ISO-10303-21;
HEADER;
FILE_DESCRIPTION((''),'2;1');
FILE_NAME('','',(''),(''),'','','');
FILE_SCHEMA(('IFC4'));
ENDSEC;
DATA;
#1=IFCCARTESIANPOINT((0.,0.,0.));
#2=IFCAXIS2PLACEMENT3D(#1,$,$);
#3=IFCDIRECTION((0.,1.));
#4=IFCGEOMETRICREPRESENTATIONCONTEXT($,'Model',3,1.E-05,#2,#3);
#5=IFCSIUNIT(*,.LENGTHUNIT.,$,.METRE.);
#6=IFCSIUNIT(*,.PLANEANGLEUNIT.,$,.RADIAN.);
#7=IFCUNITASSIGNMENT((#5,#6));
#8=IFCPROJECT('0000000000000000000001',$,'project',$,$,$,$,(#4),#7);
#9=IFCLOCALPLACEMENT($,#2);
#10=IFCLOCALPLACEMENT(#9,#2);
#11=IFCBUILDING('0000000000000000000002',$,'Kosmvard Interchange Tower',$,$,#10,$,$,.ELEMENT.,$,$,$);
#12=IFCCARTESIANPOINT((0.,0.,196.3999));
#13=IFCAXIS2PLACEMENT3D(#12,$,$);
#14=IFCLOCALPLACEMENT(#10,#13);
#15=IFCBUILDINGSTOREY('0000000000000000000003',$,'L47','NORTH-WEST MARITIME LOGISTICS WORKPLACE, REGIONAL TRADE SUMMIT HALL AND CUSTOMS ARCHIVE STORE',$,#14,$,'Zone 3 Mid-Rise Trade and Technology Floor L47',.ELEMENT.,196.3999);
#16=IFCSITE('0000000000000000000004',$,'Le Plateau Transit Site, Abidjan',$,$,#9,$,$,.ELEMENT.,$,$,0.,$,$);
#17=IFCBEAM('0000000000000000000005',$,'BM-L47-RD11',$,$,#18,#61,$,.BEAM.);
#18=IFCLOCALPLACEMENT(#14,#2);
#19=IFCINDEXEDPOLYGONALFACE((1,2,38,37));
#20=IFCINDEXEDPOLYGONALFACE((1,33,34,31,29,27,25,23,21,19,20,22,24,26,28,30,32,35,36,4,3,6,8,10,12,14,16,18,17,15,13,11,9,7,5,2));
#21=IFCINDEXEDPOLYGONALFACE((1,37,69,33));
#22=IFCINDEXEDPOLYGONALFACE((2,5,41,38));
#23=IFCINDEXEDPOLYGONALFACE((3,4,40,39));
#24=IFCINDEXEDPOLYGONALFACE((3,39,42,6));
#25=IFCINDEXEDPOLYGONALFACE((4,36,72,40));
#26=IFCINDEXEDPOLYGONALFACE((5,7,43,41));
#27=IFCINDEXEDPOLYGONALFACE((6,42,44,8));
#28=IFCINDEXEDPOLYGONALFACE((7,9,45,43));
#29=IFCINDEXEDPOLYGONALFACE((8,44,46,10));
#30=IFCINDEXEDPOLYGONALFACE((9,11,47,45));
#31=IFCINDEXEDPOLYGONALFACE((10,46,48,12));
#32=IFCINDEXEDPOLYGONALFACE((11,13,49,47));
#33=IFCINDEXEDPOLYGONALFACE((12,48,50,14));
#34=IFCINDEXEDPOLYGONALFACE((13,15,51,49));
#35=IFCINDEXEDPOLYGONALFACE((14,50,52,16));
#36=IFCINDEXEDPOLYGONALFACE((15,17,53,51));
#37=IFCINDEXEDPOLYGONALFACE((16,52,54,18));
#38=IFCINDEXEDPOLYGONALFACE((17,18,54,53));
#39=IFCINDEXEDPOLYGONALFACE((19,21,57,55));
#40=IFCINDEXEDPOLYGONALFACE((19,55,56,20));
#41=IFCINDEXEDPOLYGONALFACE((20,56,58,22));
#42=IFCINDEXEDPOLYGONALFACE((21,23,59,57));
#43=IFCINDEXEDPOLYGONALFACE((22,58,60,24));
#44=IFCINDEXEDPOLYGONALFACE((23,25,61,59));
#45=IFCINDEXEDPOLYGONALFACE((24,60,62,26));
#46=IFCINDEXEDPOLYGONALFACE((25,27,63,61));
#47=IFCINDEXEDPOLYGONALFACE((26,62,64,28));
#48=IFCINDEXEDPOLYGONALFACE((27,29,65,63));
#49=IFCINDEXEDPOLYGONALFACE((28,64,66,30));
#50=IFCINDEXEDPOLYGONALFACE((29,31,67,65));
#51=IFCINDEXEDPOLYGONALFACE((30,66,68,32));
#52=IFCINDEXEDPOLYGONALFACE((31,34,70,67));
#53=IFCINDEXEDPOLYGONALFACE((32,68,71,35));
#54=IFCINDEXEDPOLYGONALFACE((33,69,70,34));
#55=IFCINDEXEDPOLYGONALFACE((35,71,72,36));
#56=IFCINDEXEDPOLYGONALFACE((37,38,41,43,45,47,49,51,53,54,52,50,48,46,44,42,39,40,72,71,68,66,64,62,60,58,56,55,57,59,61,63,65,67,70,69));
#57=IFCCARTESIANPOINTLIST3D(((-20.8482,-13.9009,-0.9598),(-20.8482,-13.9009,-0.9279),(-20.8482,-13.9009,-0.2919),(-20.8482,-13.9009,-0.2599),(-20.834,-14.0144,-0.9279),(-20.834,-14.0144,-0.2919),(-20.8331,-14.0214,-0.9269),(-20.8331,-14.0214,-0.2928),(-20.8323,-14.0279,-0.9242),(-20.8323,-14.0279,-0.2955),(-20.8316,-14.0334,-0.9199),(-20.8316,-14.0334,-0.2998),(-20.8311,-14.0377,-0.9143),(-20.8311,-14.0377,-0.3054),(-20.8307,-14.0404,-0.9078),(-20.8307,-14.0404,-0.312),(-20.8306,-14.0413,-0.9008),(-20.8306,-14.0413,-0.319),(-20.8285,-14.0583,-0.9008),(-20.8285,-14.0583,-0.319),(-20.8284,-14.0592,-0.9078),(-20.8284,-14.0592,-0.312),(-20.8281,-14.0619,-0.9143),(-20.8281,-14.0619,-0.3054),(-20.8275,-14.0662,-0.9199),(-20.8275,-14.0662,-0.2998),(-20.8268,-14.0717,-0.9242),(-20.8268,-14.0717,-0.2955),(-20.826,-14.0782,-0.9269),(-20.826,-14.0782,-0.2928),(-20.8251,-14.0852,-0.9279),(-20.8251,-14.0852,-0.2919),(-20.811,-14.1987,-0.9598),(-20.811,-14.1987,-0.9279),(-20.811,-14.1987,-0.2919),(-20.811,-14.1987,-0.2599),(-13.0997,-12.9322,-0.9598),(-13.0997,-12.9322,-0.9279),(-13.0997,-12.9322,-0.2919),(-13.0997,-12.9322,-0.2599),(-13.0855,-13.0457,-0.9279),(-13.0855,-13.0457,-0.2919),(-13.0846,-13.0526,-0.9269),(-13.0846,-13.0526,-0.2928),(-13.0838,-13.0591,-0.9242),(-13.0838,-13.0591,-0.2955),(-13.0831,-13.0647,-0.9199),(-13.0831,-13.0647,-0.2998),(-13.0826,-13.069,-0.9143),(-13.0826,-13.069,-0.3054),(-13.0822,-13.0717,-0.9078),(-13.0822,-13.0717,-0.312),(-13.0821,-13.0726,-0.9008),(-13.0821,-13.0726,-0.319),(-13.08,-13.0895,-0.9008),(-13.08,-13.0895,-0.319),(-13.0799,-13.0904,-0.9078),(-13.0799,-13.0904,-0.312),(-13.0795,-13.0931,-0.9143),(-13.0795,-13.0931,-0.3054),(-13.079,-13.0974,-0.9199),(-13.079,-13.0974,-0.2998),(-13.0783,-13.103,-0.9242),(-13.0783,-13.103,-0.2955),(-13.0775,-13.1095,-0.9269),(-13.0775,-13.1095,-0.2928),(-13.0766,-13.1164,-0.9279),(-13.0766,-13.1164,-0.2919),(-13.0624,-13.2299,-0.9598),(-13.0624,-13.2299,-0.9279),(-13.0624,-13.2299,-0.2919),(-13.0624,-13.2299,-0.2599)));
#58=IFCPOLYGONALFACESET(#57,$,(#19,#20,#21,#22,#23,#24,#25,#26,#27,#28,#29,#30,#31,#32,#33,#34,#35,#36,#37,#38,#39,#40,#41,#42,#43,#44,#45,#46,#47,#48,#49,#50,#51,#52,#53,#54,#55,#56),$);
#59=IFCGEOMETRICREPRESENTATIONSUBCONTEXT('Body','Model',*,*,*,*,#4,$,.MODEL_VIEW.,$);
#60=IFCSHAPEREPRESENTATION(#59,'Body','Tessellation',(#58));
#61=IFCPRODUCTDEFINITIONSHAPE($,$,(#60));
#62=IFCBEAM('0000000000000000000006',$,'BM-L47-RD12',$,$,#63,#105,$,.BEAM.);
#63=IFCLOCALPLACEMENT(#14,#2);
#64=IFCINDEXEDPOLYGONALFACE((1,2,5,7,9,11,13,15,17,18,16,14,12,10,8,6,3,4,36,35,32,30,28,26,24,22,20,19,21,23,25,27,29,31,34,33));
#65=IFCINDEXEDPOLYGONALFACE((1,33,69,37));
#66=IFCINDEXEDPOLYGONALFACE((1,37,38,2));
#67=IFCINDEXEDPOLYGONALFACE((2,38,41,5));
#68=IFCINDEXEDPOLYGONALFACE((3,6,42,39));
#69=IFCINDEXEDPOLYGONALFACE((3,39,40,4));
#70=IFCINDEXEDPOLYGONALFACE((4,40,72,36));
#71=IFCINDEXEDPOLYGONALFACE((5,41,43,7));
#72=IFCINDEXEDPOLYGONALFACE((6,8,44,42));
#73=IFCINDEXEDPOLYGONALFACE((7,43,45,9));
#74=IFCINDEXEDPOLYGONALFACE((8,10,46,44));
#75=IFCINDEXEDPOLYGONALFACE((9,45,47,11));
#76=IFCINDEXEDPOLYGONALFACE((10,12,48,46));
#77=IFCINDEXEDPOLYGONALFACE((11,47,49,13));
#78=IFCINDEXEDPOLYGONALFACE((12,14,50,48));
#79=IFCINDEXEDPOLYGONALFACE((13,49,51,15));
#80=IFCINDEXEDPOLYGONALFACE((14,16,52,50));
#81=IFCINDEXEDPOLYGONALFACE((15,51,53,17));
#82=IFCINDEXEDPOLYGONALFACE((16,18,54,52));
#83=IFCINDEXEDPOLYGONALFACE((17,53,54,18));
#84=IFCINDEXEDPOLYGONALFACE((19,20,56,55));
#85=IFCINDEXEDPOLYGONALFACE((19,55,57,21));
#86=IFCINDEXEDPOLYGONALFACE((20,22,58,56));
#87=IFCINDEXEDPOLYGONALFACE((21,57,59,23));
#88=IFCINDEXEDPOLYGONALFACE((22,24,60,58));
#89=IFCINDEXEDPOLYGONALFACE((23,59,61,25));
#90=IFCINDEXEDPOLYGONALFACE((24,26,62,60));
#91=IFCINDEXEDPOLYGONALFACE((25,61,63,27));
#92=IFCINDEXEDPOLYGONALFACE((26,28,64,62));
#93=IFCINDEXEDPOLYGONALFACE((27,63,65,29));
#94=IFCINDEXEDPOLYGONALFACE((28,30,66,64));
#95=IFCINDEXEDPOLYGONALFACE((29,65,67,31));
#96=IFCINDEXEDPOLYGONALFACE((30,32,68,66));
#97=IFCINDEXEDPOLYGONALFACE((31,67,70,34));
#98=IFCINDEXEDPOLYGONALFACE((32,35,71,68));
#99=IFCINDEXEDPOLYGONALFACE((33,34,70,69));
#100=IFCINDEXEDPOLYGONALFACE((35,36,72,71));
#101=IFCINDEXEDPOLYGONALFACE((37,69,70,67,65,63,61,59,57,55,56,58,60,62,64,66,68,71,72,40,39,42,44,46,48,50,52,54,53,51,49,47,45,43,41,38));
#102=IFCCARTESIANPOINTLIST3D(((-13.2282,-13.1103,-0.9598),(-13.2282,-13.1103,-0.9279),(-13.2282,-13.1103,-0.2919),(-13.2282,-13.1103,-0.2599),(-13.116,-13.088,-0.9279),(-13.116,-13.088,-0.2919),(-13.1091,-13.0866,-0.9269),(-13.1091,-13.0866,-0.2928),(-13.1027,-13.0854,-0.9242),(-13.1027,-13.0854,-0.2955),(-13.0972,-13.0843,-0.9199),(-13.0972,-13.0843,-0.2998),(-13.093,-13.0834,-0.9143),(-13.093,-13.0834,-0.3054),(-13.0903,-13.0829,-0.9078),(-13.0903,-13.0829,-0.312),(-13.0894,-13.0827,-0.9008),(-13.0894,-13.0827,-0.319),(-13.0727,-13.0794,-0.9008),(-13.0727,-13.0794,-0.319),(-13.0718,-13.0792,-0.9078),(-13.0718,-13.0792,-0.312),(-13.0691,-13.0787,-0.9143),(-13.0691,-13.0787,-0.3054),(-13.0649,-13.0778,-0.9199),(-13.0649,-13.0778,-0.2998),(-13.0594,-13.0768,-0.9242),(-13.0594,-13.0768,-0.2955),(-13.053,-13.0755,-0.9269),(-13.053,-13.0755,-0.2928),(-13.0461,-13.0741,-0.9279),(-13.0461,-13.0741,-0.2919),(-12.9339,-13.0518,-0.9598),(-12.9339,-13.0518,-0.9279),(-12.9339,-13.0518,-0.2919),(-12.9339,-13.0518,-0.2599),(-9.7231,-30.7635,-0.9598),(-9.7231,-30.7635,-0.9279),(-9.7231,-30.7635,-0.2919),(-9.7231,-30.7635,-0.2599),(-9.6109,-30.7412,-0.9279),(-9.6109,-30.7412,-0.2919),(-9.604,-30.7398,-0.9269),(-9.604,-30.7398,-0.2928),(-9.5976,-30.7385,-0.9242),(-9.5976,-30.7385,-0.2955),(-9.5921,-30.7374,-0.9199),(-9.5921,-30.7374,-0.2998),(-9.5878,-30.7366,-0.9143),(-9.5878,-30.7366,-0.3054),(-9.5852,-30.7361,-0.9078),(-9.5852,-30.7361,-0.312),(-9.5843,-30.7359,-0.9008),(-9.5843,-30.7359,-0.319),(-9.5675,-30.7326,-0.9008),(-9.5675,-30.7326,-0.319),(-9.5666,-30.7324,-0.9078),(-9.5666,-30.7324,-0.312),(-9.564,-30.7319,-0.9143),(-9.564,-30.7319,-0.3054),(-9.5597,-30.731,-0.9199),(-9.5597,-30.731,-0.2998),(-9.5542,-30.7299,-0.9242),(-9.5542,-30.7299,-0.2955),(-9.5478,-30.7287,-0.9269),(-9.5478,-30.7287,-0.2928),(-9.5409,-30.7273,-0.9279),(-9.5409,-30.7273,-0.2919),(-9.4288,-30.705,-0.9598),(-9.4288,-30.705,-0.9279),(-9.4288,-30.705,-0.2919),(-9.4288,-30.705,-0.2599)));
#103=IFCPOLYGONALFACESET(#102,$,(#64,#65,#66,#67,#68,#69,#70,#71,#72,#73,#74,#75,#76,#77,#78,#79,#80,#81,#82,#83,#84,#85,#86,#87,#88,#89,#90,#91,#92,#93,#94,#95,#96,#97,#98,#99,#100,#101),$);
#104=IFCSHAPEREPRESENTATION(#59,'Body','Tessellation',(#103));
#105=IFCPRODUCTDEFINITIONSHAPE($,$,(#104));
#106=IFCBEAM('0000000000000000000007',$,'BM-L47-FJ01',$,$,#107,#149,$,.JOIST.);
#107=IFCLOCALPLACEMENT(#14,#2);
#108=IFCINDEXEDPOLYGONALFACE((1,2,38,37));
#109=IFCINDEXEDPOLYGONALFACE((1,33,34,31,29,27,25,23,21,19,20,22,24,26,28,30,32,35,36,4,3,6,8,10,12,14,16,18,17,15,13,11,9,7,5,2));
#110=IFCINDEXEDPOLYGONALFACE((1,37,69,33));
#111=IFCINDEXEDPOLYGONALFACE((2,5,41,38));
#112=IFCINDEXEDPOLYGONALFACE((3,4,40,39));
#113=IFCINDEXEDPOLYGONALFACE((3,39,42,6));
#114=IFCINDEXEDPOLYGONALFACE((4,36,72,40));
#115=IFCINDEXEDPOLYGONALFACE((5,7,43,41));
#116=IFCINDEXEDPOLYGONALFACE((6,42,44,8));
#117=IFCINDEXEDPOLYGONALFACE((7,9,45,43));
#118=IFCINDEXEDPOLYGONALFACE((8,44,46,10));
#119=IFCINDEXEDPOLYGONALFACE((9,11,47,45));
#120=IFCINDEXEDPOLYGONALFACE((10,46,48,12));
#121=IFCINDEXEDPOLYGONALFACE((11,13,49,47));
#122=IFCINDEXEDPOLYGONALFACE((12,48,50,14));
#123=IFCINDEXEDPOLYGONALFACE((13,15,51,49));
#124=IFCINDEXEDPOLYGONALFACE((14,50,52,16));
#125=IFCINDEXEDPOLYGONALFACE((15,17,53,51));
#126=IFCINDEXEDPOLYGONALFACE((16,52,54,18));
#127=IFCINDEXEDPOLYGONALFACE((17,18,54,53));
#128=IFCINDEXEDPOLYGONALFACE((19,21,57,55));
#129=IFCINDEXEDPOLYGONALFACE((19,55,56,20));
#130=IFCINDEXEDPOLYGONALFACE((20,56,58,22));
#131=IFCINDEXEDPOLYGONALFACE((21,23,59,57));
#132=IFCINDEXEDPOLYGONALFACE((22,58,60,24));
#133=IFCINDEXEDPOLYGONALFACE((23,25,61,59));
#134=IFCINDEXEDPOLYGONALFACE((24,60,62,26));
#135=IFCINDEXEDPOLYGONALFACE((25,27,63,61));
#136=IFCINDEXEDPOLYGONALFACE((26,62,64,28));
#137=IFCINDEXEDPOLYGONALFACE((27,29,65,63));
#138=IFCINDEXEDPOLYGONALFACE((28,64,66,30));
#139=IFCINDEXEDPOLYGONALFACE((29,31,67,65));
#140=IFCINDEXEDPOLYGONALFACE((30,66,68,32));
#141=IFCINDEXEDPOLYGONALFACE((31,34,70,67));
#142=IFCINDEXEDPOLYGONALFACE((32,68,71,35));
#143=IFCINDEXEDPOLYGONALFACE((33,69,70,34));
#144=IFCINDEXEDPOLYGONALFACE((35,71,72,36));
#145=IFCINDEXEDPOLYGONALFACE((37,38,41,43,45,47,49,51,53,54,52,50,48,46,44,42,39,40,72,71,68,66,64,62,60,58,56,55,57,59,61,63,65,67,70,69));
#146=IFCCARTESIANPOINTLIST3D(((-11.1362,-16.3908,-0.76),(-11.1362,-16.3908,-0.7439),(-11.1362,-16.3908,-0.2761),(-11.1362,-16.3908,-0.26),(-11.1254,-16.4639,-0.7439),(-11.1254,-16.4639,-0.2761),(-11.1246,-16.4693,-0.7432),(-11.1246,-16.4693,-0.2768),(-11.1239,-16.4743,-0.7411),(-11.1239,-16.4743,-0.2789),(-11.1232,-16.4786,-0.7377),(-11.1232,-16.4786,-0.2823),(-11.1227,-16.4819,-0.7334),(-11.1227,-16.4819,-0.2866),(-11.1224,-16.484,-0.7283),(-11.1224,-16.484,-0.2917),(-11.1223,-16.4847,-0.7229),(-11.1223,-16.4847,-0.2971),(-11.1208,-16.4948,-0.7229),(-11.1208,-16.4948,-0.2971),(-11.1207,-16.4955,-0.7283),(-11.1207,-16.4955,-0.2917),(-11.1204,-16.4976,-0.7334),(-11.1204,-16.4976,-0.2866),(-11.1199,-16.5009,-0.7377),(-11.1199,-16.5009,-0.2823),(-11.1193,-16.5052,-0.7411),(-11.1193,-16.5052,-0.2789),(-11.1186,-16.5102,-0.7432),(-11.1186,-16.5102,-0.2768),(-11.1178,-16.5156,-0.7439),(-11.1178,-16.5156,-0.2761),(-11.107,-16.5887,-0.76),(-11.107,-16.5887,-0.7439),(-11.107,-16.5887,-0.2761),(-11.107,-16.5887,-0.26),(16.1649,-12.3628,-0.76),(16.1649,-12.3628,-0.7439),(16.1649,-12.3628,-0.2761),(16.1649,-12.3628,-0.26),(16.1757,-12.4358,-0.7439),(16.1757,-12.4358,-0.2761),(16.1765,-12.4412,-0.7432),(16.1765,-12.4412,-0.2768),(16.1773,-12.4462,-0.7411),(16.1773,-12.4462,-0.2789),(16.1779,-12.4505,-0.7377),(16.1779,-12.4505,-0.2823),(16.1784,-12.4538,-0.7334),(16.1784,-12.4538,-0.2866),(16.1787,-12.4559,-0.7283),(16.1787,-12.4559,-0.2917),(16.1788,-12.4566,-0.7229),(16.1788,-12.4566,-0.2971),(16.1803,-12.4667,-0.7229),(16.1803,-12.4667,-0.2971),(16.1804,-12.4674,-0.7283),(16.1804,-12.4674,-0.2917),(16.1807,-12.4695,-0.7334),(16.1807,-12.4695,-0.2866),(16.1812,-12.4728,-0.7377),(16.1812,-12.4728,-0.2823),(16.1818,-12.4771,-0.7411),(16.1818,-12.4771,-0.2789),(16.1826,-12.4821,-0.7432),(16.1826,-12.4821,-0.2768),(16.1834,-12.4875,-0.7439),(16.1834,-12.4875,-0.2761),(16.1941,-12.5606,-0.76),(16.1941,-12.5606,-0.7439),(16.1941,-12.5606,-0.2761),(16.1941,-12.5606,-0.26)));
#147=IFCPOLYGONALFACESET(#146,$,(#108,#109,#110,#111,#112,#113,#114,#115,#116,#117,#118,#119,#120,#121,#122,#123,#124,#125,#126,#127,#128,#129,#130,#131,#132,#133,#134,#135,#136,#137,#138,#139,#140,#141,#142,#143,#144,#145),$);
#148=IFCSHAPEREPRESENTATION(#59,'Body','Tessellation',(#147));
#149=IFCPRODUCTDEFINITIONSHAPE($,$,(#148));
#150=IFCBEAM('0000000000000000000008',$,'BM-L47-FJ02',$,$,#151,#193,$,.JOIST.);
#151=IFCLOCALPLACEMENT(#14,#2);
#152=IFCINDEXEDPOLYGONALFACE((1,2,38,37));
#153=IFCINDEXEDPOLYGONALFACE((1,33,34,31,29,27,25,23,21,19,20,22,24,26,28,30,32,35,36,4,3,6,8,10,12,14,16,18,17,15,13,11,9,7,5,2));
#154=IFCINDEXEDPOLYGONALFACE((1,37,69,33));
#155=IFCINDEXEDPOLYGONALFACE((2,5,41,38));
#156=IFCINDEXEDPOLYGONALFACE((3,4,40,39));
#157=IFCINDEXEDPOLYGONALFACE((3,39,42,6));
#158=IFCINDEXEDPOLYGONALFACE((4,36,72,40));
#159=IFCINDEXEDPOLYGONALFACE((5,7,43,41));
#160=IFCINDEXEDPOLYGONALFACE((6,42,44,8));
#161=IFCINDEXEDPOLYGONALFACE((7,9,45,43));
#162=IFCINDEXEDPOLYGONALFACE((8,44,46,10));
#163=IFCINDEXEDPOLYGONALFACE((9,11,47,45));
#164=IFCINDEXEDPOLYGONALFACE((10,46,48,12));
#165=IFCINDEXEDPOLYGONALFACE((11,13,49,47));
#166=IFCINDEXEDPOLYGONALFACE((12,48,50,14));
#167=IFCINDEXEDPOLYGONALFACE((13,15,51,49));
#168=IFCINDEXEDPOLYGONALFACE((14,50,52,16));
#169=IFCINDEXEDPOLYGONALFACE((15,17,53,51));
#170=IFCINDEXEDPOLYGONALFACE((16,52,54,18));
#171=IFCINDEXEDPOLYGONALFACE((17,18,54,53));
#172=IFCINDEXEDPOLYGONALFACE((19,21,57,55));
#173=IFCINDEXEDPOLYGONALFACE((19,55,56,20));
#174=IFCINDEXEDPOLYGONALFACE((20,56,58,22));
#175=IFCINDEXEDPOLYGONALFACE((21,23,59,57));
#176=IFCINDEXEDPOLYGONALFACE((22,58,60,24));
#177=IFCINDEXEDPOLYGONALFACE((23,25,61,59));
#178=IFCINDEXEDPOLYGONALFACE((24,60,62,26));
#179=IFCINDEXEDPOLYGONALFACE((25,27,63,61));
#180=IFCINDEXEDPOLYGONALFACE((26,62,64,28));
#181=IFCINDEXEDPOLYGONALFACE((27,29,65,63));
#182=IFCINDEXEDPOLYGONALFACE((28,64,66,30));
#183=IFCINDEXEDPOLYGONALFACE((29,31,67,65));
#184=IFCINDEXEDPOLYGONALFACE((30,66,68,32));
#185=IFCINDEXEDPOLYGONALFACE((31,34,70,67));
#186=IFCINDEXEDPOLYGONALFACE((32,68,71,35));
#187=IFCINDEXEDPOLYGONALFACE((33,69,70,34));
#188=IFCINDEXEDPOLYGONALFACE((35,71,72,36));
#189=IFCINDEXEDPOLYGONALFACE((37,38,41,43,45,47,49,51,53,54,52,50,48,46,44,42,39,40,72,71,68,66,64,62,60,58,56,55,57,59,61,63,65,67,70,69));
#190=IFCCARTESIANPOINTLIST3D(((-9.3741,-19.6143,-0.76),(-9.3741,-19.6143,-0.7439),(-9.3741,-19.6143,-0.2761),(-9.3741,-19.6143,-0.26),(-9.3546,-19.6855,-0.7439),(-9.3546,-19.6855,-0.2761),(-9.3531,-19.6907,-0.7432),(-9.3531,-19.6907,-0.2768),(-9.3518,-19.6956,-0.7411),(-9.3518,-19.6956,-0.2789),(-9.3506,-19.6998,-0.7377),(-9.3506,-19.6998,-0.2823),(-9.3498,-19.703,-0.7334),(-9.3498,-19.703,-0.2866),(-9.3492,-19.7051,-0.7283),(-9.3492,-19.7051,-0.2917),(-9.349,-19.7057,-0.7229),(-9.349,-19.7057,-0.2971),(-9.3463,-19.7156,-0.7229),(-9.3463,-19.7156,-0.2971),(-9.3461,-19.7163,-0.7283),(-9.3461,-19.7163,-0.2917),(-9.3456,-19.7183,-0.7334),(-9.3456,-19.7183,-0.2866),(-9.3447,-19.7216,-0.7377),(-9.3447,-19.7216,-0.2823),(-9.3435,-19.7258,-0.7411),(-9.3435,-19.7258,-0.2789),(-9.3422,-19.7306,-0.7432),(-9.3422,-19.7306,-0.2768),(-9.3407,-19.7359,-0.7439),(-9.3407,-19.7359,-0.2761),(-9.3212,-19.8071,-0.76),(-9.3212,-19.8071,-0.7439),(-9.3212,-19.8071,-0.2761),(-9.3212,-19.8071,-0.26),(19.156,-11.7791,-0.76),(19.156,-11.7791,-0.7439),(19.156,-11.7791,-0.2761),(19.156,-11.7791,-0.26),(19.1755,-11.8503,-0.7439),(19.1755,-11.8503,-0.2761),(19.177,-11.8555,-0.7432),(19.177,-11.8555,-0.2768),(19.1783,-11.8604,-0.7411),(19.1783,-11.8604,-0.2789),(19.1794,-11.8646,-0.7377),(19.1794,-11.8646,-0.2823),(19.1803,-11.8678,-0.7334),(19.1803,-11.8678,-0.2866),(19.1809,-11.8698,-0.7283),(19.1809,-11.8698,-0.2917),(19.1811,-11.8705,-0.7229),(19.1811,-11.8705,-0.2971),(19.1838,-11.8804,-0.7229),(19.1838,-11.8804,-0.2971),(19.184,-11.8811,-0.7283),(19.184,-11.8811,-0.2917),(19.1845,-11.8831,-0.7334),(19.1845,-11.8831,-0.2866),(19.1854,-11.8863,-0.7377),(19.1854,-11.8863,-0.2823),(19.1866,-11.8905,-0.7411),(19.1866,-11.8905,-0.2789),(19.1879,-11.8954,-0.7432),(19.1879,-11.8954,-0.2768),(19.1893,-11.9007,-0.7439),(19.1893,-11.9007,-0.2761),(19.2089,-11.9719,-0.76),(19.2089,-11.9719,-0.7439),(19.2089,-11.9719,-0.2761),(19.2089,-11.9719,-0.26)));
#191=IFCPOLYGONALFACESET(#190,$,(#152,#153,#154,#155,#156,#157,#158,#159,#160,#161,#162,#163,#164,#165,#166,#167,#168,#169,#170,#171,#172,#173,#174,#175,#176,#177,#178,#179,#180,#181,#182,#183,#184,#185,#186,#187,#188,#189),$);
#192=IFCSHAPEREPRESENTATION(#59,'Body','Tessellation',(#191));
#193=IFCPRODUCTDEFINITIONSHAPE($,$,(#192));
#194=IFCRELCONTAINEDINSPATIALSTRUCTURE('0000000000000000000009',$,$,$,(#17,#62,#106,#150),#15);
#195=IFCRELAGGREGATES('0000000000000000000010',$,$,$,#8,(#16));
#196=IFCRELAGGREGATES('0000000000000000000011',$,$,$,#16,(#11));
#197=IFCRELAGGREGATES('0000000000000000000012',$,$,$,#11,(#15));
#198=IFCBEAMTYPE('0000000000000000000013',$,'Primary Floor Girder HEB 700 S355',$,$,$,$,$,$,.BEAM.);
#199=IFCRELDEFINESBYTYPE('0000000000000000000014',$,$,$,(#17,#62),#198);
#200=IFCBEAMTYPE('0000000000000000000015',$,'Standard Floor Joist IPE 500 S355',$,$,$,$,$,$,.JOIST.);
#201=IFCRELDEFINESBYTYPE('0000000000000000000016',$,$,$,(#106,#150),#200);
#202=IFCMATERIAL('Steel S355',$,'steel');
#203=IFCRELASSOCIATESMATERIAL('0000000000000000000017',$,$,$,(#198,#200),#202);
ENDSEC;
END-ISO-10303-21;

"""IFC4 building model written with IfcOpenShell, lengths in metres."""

from ifc_helpers import new_model, si_unit, direction, frame, origin, origin_2d, place, context, subcontext, project, spatial, i_section, extrude, source, transform, mapped, material, material_profile, profile_set, type_object, element, save


model = new_model("IFC4")

# Units and contexts
model_context = context("Model", 3, precision=1e-05, world=origin(), true_north=direction((0.0, 1.0)))
body_context = subcontext(model_context, "Body", "Model", "MODEL_VIEW")
ifc_project = project(units=[si_unit("LENGTHUNIT", "METRE"), si_unit("PLANEANGLEUNIT", "RADIAN")], contexts=[model_context])

# Site, building, storey
site_placement = place(None, origin())
site = spatial("IfcSite", under=ifc_project, at=site_placement, Name="Le Plateau Transit Site, Abidjan", CompositionType="ELEMENT", RefElevation=0.0)
building_placement = place(site_placement, origin())
building = spatial("IfcBuilding", under=site, at=building_placement, Name="Kosmvard Interchange Tower", CompositionType="ELEMENT")
storey_placement = place(building_placement, frame((0.0, 0.0, 196.3999)))
storey = spatial("IfcBuildingStorey", under=building, at=storey_placement, Name="L47", Description="NORTH-WEST MARITIME LOGISTICS WORKPLACE, REGIONAL TRADE SUMMIT HALL AND CUSTOMS ARCHIVE STORE", LongName="Zone 3 Mid-Rise Trade and Technology Floor L47", CompositionType="ELEMENT", Elevation=196.3999)

# Beams
ifc_material_1 = material(Name="Steel S355", Category="steel")
ifc_material_profile_1 = material_profile(ifc_material_1, i_section(OverallWidth=0.3, OverallDepth=0.7, WebThickness=0.0171, FlangeThickness=0.032, FilletRadius=0.0271, at=origin_2d()), Name="HEB 700")
ifc_profile_set_1 = profile_set([ifc_material_profile_1], Name="Steel S355")
beam_type_1 = type_object("IfcBeamType", Name="Primary Floor Girder HEB 700 S355", PredefinedType="BEAM", material=ifc_profile_set_1)
shared_shape_1 = source(origin(), body_context, "Body", "SweptSolid", [
    extrude(i_section(OverallWidth=0.3, OverallDepth=0.7, WebThickness=0.0171, FlangeThickness=0.032, FilletRadius=0.0271, at=origin_2d()), origin(), (0.0, 0.0, 1.0), 7.8088),
])
beam_1_placement = place(storey_placement, frame((-13.0811, -13.0811, -0.6099), z_axis=(-0.992275, -0.124058, 0.0), x_axis=(0.124058, -0.992275, 0.0)))
element("IfcBeam", 1, at=beam_1_placement, inside=storey, type_object=beam_type_1, Name="BM-L47-RD11", PredefinedType="BEAM", context=body_context, shape_type="MappedRepresentation", body=[
    mapped(shared_shape_1, transform((0.0, 0.0, 0.0), scale=1.0)),
])
shared_shape_2 = source(origin(), body_context, "Body", "SweptSolid", [
    extrude(i_section(OverallWidth=0.3, OverallDepth=0.7, WebThickness=0.0171, FlangeThickness=0.032, FilletRadius=0.0271, at=origin_2d()), origin(), (0.0, 0.0, 1.0), 17.9978),
])
beam_2_placement = place(storey_placement, frame((-13.0811, -13.0811, -0.6099), z_axis=(0.194754, -0.980852, 0.0), x_axis=(0.980852, 0.194754, 0.0)))
element("IfcBeam", 2, at=beam_2_placement, inside=storey, type_object=beam_type_1, Name="BM-L47-RD12", PredefinedType="BEAM", context=body_context, shape_type="MappedRepresentation", body=[
    mapped(shared_shape_2, transform((0.0, 0.0, 0.0), scale=1.0)),
])
ifc_material_profile_2 = material_profile(ifc_material_1, i_section(OverallWidth=0.2, OverallDepth=0.5, WebThickness=0.0103, FlangeThickness=0.0161, FilletRadius=0.021, at=origin_2d()), Name="IPE 500")
ifc_profile_set_2 = profile_set([ifc_material_profile_2], Name="Steel S355")
beam_type_2 = type_object("IfcBeamType", Name="Standard Floor Joist IPE 500 S355", PredefinedType="JOIST", material=ifc_profile_set_2)
shared_shape_3 = source(origin(), body_context, "Body", "SweptSolid", [
    extrude(i_section(OverallWidth=0.2, OverallDepth=0.5, WebThickness=0.0103, FlangeThickness=0.0161, FilletRadius=0.021, at=origin_2d()), origin(), (0.0, 0.0, 1.0), 27.5967),
])
beam_3_placement = place(storey_placement, frame((-11.1216, -16.4897, -0.51), z_axis=(0.98929, 0.145963, 0.0), x_axis=(-0.145963, 0.98929, 0.0)))
element("IfcBeam", 3, at=beam_3_placement, inside=storey, type_object=beam_type_2, Name="BM-L47-FJ01", PredefinedType="JOIST", context=body_context, shape_type="MappedRepresentation", body=[
    mapped(shared_shape_3, transform((0.0, 0.0, 0.0), scale=1.0)),
])
shared_shape_4 = source(origin(), body_context, "Body", "SweptSolid", [
    extrude(i_section(OverallWidth=0.2, OverallDepth=0.5, WebThickness=0.0103, FlangeThickness=0.0161, FilletRadius=0.021, at=origin_2d()), origin(), (0.0, 0.0, 1.0), 29.5864),
])
beam_4_placement = place(storey_placement, frame((-9.3477, -19.7107, -0.51), z_axis=(0.964297, 0.264825, 0.0), x_axis=(-0.264825, 0.964297, 0.0)))
element("IfcBeam", 4, at=beam_4_placement, inside=storey, type_object=beam_type_2, Name="BM-L47-FJ02", PredefinedType="JOIST", context=body_context, shape_type="MappedRepresentation", body=[
    mapped(shared_shape_4, transform((0.0, 0.0, 0.0), scale=1.0)),
])

save(model, "model.ifc")
